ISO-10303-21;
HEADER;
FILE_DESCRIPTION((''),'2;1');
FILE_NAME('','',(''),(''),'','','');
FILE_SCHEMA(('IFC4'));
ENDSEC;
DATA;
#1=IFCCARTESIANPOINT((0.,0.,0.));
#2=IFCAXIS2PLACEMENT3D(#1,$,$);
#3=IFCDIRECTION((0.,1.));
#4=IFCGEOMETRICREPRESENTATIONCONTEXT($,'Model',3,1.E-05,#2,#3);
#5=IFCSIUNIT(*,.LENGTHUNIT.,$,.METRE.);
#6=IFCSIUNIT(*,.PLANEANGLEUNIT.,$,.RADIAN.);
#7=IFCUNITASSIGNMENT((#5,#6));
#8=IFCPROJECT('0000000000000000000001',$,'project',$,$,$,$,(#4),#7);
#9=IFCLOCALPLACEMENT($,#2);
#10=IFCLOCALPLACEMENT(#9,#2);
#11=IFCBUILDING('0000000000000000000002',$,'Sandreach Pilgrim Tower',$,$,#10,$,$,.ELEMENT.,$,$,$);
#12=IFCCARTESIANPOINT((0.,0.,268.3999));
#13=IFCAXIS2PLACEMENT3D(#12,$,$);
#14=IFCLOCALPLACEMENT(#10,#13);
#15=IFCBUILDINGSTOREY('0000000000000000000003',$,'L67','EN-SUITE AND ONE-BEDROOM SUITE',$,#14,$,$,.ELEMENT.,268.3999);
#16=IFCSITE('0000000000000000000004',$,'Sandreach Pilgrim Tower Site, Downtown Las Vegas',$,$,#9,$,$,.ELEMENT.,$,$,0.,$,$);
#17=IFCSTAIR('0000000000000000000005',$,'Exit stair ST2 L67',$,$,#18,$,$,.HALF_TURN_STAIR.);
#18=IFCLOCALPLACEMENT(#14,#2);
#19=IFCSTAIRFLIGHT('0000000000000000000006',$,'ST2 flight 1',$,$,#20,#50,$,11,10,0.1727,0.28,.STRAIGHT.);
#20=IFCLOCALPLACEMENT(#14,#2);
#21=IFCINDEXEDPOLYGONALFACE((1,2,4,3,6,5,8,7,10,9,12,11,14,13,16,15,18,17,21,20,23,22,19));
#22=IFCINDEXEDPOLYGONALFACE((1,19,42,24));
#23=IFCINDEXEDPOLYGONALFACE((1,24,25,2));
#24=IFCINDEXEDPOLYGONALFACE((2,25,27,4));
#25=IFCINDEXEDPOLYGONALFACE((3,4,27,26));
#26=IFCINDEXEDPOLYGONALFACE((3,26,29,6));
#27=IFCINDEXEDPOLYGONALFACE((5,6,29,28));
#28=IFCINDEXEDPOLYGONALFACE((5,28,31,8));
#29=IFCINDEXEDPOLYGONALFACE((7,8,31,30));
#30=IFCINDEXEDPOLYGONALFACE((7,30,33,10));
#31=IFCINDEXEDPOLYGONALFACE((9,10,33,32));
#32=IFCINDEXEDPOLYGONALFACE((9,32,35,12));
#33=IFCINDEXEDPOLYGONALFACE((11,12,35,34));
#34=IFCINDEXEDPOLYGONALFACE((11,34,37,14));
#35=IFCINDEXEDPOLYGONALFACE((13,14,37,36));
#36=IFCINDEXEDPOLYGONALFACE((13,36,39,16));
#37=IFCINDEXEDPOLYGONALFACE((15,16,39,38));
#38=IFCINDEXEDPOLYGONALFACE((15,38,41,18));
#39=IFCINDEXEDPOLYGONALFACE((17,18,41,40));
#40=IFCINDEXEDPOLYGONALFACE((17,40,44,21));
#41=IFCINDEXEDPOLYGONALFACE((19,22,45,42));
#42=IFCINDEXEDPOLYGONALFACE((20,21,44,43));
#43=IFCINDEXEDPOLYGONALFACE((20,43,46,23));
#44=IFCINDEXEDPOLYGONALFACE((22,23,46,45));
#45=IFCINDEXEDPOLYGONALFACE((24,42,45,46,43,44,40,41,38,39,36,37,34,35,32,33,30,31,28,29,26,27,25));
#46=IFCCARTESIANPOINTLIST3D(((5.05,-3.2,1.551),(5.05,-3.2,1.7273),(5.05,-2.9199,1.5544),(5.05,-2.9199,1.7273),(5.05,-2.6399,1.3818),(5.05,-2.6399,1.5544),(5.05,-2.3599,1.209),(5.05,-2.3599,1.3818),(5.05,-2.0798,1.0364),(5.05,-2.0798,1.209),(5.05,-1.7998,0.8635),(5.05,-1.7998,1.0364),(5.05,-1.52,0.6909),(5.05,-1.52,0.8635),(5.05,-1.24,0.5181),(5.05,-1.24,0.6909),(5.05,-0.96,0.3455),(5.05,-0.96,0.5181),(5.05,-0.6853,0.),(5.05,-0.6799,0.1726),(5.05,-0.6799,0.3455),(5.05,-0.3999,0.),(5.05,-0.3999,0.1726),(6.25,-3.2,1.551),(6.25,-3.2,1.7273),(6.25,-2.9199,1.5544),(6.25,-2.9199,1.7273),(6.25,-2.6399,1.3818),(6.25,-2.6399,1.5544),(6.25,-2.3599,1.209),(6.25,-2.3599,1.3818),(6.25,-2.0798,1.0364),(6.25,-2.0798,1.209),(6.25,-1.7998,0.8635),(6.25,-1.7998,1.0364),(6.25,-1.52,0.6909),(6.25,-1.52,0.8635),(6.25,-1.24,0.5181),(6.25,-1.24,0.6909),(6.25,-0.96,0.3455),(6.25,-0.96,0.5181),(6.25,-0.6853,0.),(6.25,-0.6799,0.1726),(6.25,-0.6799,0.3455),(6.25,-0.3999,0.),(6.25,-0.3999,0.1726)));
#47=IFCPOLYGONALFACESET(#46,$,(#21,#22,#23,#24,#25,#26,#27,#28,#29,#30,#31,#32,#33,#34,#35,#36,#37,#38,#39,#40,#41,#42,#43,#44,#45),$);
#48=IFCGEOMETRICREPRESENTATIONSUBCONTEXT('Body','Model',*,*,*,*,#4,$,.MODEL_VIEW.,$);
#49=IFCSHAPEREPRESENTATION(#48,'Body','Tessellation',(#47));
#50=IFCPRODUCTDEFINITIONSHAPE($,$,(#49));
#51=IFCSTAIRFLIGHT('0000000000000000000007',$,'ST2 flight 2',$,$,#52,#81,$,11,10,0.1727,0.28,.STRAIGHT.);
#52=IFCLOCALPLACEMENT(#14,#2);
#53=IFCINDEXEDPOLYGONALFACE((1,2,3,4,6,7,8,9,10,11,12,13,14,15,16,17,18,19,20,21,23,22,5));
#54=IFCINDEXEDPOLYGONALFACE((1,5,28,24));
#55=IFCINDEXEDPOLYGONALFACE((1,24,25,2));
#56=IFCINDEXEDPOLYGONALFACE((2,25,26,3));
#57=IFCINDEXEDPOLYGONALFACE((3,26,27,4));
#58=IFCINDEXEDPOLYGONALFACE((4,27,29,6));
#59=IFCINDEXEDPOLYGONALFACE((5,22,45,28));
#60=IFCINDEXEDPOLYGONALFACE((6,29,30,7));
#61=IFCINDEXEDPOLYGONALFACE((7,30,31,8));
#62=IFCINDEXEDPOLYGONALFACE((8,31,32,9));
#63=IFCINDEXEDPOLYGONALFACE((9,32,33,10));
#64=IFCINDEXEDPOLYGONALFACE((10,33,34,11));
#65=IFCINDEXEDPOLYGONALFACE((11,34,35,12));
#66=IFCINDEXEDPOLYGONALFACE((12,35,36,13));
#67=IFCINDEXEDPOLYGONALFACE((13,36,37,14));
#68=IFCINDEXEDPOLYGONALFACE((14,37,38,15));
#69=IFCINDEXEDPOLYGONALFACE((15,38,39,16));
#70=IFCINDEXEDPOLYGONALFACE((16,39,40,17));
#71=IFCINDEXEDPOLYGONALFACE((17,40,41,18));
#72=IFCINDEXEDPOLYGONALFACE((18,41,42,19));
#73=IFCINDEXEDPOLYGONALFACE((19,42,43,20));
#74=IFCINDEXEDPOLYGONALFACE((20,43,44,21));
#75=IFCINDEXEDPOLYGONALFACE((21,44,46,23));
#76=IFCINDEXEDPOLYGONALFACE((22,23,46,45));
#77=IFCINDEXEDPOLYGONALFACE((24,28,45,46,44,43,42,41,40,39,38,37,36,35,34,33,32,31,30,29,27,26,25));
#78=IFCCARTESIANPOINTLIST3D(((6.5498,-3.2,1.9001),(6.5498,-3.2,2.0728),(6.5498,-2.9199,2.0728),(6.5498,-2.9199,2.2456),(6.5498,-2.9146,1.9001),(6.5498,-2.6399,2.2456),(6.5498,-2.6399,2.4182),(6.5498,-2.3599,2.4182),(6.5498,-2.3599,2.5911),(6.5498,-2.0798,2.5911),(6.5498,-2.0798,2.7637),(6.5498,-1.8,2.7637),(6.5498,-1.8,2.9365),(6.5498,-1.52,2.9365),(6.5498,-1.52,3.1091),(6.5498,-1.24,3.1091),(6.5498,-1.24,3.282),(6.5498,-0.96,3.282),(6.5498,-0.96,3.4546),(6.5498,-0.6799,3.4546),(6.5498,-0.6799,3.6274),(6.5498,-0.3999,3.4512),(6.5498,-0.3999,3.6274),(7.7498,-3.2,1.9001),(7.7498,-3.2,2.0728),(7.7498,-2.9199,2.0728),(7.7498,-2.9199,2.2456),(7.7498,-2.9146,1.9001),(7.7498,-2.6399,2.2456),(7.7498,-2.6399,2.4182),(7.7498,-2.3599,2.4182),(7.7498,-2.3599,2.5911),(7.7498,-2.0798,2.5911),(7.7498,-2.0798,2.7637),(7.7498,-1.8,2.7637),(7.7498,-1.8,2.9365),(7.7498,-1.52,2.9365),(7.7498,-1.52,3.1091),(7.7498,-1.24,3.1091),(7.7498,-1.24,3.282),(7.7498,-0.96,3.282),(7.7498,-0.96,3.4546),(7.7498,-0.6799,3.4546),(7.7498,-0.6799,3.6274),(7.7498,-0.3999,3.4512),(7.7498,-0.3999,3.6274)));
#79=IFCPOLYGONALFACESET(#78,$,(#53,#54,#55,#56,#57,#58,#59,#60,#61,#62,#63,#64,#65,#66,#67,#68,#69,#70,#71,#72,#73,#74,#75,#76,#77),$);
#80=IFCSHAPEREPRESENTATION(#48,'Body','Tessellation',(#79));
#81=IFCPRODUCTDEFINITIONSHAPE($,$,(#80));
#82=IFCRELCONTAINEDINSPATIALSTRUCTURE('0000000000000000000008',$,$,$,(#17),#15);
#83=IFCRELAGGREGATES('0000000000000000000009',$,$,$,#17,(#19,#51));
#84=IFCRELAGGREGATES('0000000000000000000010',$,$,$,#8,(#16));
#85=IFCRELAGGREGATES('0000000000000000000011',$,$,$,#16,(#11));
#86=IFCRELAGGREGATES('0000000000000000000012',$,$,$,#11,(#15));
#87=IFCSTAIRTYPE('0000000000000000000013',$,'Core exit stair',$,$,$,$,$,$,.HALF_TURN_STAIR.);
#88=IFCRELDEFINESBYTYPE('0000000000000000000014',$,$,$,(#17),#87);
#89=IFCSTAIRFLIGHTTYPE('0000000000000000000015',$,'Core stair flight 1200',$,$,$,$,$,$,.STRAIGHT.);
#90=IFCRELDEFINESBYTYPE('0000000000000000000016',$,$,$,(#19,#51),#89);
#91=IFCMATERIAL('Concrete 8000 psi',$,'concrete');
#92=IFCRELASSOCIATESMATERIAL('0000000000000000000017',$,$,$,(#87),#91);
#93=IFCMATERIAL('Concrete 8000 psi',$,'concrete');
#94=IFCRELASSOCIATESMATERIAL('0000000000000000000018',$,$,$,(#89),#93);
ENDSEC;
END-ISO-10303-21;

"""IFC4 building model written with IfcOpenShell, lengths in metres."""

from ifc_helpers import new_model, si_unit, direction, frame, origin, place, context, subcontext, project, spatial, polyline, outline, extrude, material, type_object, element, aggregate, save


model = new_model("IFC4")

# Units and contexts
model_context = context("Model", 3, precision=1e-05, world=origin(), true_north=direction((0.0, 1.0)))
body_context = subcontext(model_context, "Body", "Model", "MODEL_VIEW")
ifc_project = project(units=[si_unit("LENGTHUNIT", "METRE"), si_unit("PLANEANGLEUNIT", "RADIAN")], contexts=[model_context])

# Site, building, storey
site_placement = place(None, origin())
site = spatial("IfcSite", under=ifc_project, at=site_placement, Name="Sandreach Pilgrim Tower Site, Downtown Las Vegas", CompositionType="ELEMENT", RefElevation=0.0)
building_placement = place(site_placement, origin())
building = spatial("IfcBuilding", under=site, at=building_placement, Name="Sandreach Pilgrim Tower", CompositionType="ELEMENT")
storey_placement = place(building_placement, frame((0.0, 0.0, 268.3999)))
storey = spatial("IfcBuildingStorey", under=building, at=storey_placement, Name="L67", Description="EN-SUITE AND ONE-BEDROOM SUITE", CompositionType="ELEMENT", Elevation=268.3999)

# Stair, stair flights
ifc_material_1 = material(Name="Concrete 8000 psi", Category="concrete")
stair_type = type_object("IfcStairType", Name="Core exit stair", PredefinedType="HALF_TURN_STAIR", material=ifc_material_1)
stair_placement = place(storey_placement, origin())
stair = element("IfcStair", 1, at=stair_placement, inside=storey, type_object=stair_type, Name="Exit stair ST2 L67", PredefinedType="HALF_TURN_STAIR")
ifc_material_2 = material(Name="Concrete 8000 psi", Category="concrete")
stair_flight_type = type_object("IfcStairFlightType", Name="Core stair flight 1200", PredefinedType="STRAIGHT", material=ifc_material_2)
stair_flight_1_placement = place(storey_placement, frame((5.6499, -0.3999, 0.0), z_axis=(0.0, 0.0, 1.0), x_axis=(0.0, -1.0, 0.0)))
stair_flight_1 = element("IfcStairFlight", 2, at=stair_flight_1_placement, type_object=stair_flight_type, Name="ST2 flight 1", NumberOfRisers=11, NumberOfTreads=10, PredefinedType="STRAIGHT", RiserHeight=0.1727, TreadLength=0.28, context=body_context, shape_type="SweptSolid", body=[
    extrude(outline(polyline([(0.0, 0.0), (0.0, 0.1726), (0.28, 0.1726), (0.28, 0.3455), (0.5601, 0.3455), (0.5601, 0.5181), (0.8401, 0.5181), (0.8401, 0.6909), (1.1201, 0.6909), (1.1201, 0.8635), (1.3999, 0.8635), (1.3999, 1.0364), (1.6799, 1.0364), (1.6799, 1.209), (1.96, 1.209), (1.96, 1.3818), (2.24, 1.3818), (2.24, 1.5544), (2.52, 1.5544), (2.52, 1.7273), (2.8, 1.7273), (2.8, 1.8999), (2.8, 1.551), (0.2854, 0.0), (0.0, 0.0)])), frame((0.0, 0.6001, 0.0), z_axis=(0.0, -1.0, 0.0), x_axis=(1.0, 0.0, 0.0)), (0.0, 0.0, 1.0), 1.2),
])
stair_flight_2_placement = place(storey_placement, frame((7.1499, -3.2, 1.9001), z_axis=(0.0, 0.0, 1.0), x_axis=(0.0, 1.0, 0.0)))
stair_flight_2 = element("IfcStairFlight", 3, at=stair_flight_2_placement, type_object=stair_flight_type, Name="ST2 flight 2", NumberOfRisers=11, NumberOfTreads=10, PredefinedType="STRAIGHT", RiserHeight=0.1727, TreadLength=0.28, context=body_context, shape_type="SweptSolid", body=[
    extrude(outline(polyline([(0.0, 0.0), (0.0, 0.1726), (0.28, 0.1726), (0.28, 0.3455), (0.5601, 0.3455), (0.5601, 0.5181), (0.8401, 0.5181), (0.8401, 0.6909), (1.1201, 0.6909), (1.1201, 0.8635), (1.3999, 0.8635), (1.3999, 1.0364), (1.6799, 1.0364), (1.6799, 1.209), (1.96, 1.209), (1.96, 1.3818), (2.24, 1.3818), (2.24, 1.5544), (2.52, 1.5544), (2.52, 1.7273), (2.8, 1.7273), (2.8, 1.8999), (2.8, 1.551), (0.2854, 0.0), (0.0, 0.0)])), frame((0.0, 0.6001, 0.0), z_axis=(0.0, -1.0, 0.0), x_axis=(1.0, 0.0, 0.0)), (0.0, 0.0, 1.0), 1.2),
])
aggregate(stair, [stair_flight_1, stair_flight_2])

save(model, "model.ifc")
